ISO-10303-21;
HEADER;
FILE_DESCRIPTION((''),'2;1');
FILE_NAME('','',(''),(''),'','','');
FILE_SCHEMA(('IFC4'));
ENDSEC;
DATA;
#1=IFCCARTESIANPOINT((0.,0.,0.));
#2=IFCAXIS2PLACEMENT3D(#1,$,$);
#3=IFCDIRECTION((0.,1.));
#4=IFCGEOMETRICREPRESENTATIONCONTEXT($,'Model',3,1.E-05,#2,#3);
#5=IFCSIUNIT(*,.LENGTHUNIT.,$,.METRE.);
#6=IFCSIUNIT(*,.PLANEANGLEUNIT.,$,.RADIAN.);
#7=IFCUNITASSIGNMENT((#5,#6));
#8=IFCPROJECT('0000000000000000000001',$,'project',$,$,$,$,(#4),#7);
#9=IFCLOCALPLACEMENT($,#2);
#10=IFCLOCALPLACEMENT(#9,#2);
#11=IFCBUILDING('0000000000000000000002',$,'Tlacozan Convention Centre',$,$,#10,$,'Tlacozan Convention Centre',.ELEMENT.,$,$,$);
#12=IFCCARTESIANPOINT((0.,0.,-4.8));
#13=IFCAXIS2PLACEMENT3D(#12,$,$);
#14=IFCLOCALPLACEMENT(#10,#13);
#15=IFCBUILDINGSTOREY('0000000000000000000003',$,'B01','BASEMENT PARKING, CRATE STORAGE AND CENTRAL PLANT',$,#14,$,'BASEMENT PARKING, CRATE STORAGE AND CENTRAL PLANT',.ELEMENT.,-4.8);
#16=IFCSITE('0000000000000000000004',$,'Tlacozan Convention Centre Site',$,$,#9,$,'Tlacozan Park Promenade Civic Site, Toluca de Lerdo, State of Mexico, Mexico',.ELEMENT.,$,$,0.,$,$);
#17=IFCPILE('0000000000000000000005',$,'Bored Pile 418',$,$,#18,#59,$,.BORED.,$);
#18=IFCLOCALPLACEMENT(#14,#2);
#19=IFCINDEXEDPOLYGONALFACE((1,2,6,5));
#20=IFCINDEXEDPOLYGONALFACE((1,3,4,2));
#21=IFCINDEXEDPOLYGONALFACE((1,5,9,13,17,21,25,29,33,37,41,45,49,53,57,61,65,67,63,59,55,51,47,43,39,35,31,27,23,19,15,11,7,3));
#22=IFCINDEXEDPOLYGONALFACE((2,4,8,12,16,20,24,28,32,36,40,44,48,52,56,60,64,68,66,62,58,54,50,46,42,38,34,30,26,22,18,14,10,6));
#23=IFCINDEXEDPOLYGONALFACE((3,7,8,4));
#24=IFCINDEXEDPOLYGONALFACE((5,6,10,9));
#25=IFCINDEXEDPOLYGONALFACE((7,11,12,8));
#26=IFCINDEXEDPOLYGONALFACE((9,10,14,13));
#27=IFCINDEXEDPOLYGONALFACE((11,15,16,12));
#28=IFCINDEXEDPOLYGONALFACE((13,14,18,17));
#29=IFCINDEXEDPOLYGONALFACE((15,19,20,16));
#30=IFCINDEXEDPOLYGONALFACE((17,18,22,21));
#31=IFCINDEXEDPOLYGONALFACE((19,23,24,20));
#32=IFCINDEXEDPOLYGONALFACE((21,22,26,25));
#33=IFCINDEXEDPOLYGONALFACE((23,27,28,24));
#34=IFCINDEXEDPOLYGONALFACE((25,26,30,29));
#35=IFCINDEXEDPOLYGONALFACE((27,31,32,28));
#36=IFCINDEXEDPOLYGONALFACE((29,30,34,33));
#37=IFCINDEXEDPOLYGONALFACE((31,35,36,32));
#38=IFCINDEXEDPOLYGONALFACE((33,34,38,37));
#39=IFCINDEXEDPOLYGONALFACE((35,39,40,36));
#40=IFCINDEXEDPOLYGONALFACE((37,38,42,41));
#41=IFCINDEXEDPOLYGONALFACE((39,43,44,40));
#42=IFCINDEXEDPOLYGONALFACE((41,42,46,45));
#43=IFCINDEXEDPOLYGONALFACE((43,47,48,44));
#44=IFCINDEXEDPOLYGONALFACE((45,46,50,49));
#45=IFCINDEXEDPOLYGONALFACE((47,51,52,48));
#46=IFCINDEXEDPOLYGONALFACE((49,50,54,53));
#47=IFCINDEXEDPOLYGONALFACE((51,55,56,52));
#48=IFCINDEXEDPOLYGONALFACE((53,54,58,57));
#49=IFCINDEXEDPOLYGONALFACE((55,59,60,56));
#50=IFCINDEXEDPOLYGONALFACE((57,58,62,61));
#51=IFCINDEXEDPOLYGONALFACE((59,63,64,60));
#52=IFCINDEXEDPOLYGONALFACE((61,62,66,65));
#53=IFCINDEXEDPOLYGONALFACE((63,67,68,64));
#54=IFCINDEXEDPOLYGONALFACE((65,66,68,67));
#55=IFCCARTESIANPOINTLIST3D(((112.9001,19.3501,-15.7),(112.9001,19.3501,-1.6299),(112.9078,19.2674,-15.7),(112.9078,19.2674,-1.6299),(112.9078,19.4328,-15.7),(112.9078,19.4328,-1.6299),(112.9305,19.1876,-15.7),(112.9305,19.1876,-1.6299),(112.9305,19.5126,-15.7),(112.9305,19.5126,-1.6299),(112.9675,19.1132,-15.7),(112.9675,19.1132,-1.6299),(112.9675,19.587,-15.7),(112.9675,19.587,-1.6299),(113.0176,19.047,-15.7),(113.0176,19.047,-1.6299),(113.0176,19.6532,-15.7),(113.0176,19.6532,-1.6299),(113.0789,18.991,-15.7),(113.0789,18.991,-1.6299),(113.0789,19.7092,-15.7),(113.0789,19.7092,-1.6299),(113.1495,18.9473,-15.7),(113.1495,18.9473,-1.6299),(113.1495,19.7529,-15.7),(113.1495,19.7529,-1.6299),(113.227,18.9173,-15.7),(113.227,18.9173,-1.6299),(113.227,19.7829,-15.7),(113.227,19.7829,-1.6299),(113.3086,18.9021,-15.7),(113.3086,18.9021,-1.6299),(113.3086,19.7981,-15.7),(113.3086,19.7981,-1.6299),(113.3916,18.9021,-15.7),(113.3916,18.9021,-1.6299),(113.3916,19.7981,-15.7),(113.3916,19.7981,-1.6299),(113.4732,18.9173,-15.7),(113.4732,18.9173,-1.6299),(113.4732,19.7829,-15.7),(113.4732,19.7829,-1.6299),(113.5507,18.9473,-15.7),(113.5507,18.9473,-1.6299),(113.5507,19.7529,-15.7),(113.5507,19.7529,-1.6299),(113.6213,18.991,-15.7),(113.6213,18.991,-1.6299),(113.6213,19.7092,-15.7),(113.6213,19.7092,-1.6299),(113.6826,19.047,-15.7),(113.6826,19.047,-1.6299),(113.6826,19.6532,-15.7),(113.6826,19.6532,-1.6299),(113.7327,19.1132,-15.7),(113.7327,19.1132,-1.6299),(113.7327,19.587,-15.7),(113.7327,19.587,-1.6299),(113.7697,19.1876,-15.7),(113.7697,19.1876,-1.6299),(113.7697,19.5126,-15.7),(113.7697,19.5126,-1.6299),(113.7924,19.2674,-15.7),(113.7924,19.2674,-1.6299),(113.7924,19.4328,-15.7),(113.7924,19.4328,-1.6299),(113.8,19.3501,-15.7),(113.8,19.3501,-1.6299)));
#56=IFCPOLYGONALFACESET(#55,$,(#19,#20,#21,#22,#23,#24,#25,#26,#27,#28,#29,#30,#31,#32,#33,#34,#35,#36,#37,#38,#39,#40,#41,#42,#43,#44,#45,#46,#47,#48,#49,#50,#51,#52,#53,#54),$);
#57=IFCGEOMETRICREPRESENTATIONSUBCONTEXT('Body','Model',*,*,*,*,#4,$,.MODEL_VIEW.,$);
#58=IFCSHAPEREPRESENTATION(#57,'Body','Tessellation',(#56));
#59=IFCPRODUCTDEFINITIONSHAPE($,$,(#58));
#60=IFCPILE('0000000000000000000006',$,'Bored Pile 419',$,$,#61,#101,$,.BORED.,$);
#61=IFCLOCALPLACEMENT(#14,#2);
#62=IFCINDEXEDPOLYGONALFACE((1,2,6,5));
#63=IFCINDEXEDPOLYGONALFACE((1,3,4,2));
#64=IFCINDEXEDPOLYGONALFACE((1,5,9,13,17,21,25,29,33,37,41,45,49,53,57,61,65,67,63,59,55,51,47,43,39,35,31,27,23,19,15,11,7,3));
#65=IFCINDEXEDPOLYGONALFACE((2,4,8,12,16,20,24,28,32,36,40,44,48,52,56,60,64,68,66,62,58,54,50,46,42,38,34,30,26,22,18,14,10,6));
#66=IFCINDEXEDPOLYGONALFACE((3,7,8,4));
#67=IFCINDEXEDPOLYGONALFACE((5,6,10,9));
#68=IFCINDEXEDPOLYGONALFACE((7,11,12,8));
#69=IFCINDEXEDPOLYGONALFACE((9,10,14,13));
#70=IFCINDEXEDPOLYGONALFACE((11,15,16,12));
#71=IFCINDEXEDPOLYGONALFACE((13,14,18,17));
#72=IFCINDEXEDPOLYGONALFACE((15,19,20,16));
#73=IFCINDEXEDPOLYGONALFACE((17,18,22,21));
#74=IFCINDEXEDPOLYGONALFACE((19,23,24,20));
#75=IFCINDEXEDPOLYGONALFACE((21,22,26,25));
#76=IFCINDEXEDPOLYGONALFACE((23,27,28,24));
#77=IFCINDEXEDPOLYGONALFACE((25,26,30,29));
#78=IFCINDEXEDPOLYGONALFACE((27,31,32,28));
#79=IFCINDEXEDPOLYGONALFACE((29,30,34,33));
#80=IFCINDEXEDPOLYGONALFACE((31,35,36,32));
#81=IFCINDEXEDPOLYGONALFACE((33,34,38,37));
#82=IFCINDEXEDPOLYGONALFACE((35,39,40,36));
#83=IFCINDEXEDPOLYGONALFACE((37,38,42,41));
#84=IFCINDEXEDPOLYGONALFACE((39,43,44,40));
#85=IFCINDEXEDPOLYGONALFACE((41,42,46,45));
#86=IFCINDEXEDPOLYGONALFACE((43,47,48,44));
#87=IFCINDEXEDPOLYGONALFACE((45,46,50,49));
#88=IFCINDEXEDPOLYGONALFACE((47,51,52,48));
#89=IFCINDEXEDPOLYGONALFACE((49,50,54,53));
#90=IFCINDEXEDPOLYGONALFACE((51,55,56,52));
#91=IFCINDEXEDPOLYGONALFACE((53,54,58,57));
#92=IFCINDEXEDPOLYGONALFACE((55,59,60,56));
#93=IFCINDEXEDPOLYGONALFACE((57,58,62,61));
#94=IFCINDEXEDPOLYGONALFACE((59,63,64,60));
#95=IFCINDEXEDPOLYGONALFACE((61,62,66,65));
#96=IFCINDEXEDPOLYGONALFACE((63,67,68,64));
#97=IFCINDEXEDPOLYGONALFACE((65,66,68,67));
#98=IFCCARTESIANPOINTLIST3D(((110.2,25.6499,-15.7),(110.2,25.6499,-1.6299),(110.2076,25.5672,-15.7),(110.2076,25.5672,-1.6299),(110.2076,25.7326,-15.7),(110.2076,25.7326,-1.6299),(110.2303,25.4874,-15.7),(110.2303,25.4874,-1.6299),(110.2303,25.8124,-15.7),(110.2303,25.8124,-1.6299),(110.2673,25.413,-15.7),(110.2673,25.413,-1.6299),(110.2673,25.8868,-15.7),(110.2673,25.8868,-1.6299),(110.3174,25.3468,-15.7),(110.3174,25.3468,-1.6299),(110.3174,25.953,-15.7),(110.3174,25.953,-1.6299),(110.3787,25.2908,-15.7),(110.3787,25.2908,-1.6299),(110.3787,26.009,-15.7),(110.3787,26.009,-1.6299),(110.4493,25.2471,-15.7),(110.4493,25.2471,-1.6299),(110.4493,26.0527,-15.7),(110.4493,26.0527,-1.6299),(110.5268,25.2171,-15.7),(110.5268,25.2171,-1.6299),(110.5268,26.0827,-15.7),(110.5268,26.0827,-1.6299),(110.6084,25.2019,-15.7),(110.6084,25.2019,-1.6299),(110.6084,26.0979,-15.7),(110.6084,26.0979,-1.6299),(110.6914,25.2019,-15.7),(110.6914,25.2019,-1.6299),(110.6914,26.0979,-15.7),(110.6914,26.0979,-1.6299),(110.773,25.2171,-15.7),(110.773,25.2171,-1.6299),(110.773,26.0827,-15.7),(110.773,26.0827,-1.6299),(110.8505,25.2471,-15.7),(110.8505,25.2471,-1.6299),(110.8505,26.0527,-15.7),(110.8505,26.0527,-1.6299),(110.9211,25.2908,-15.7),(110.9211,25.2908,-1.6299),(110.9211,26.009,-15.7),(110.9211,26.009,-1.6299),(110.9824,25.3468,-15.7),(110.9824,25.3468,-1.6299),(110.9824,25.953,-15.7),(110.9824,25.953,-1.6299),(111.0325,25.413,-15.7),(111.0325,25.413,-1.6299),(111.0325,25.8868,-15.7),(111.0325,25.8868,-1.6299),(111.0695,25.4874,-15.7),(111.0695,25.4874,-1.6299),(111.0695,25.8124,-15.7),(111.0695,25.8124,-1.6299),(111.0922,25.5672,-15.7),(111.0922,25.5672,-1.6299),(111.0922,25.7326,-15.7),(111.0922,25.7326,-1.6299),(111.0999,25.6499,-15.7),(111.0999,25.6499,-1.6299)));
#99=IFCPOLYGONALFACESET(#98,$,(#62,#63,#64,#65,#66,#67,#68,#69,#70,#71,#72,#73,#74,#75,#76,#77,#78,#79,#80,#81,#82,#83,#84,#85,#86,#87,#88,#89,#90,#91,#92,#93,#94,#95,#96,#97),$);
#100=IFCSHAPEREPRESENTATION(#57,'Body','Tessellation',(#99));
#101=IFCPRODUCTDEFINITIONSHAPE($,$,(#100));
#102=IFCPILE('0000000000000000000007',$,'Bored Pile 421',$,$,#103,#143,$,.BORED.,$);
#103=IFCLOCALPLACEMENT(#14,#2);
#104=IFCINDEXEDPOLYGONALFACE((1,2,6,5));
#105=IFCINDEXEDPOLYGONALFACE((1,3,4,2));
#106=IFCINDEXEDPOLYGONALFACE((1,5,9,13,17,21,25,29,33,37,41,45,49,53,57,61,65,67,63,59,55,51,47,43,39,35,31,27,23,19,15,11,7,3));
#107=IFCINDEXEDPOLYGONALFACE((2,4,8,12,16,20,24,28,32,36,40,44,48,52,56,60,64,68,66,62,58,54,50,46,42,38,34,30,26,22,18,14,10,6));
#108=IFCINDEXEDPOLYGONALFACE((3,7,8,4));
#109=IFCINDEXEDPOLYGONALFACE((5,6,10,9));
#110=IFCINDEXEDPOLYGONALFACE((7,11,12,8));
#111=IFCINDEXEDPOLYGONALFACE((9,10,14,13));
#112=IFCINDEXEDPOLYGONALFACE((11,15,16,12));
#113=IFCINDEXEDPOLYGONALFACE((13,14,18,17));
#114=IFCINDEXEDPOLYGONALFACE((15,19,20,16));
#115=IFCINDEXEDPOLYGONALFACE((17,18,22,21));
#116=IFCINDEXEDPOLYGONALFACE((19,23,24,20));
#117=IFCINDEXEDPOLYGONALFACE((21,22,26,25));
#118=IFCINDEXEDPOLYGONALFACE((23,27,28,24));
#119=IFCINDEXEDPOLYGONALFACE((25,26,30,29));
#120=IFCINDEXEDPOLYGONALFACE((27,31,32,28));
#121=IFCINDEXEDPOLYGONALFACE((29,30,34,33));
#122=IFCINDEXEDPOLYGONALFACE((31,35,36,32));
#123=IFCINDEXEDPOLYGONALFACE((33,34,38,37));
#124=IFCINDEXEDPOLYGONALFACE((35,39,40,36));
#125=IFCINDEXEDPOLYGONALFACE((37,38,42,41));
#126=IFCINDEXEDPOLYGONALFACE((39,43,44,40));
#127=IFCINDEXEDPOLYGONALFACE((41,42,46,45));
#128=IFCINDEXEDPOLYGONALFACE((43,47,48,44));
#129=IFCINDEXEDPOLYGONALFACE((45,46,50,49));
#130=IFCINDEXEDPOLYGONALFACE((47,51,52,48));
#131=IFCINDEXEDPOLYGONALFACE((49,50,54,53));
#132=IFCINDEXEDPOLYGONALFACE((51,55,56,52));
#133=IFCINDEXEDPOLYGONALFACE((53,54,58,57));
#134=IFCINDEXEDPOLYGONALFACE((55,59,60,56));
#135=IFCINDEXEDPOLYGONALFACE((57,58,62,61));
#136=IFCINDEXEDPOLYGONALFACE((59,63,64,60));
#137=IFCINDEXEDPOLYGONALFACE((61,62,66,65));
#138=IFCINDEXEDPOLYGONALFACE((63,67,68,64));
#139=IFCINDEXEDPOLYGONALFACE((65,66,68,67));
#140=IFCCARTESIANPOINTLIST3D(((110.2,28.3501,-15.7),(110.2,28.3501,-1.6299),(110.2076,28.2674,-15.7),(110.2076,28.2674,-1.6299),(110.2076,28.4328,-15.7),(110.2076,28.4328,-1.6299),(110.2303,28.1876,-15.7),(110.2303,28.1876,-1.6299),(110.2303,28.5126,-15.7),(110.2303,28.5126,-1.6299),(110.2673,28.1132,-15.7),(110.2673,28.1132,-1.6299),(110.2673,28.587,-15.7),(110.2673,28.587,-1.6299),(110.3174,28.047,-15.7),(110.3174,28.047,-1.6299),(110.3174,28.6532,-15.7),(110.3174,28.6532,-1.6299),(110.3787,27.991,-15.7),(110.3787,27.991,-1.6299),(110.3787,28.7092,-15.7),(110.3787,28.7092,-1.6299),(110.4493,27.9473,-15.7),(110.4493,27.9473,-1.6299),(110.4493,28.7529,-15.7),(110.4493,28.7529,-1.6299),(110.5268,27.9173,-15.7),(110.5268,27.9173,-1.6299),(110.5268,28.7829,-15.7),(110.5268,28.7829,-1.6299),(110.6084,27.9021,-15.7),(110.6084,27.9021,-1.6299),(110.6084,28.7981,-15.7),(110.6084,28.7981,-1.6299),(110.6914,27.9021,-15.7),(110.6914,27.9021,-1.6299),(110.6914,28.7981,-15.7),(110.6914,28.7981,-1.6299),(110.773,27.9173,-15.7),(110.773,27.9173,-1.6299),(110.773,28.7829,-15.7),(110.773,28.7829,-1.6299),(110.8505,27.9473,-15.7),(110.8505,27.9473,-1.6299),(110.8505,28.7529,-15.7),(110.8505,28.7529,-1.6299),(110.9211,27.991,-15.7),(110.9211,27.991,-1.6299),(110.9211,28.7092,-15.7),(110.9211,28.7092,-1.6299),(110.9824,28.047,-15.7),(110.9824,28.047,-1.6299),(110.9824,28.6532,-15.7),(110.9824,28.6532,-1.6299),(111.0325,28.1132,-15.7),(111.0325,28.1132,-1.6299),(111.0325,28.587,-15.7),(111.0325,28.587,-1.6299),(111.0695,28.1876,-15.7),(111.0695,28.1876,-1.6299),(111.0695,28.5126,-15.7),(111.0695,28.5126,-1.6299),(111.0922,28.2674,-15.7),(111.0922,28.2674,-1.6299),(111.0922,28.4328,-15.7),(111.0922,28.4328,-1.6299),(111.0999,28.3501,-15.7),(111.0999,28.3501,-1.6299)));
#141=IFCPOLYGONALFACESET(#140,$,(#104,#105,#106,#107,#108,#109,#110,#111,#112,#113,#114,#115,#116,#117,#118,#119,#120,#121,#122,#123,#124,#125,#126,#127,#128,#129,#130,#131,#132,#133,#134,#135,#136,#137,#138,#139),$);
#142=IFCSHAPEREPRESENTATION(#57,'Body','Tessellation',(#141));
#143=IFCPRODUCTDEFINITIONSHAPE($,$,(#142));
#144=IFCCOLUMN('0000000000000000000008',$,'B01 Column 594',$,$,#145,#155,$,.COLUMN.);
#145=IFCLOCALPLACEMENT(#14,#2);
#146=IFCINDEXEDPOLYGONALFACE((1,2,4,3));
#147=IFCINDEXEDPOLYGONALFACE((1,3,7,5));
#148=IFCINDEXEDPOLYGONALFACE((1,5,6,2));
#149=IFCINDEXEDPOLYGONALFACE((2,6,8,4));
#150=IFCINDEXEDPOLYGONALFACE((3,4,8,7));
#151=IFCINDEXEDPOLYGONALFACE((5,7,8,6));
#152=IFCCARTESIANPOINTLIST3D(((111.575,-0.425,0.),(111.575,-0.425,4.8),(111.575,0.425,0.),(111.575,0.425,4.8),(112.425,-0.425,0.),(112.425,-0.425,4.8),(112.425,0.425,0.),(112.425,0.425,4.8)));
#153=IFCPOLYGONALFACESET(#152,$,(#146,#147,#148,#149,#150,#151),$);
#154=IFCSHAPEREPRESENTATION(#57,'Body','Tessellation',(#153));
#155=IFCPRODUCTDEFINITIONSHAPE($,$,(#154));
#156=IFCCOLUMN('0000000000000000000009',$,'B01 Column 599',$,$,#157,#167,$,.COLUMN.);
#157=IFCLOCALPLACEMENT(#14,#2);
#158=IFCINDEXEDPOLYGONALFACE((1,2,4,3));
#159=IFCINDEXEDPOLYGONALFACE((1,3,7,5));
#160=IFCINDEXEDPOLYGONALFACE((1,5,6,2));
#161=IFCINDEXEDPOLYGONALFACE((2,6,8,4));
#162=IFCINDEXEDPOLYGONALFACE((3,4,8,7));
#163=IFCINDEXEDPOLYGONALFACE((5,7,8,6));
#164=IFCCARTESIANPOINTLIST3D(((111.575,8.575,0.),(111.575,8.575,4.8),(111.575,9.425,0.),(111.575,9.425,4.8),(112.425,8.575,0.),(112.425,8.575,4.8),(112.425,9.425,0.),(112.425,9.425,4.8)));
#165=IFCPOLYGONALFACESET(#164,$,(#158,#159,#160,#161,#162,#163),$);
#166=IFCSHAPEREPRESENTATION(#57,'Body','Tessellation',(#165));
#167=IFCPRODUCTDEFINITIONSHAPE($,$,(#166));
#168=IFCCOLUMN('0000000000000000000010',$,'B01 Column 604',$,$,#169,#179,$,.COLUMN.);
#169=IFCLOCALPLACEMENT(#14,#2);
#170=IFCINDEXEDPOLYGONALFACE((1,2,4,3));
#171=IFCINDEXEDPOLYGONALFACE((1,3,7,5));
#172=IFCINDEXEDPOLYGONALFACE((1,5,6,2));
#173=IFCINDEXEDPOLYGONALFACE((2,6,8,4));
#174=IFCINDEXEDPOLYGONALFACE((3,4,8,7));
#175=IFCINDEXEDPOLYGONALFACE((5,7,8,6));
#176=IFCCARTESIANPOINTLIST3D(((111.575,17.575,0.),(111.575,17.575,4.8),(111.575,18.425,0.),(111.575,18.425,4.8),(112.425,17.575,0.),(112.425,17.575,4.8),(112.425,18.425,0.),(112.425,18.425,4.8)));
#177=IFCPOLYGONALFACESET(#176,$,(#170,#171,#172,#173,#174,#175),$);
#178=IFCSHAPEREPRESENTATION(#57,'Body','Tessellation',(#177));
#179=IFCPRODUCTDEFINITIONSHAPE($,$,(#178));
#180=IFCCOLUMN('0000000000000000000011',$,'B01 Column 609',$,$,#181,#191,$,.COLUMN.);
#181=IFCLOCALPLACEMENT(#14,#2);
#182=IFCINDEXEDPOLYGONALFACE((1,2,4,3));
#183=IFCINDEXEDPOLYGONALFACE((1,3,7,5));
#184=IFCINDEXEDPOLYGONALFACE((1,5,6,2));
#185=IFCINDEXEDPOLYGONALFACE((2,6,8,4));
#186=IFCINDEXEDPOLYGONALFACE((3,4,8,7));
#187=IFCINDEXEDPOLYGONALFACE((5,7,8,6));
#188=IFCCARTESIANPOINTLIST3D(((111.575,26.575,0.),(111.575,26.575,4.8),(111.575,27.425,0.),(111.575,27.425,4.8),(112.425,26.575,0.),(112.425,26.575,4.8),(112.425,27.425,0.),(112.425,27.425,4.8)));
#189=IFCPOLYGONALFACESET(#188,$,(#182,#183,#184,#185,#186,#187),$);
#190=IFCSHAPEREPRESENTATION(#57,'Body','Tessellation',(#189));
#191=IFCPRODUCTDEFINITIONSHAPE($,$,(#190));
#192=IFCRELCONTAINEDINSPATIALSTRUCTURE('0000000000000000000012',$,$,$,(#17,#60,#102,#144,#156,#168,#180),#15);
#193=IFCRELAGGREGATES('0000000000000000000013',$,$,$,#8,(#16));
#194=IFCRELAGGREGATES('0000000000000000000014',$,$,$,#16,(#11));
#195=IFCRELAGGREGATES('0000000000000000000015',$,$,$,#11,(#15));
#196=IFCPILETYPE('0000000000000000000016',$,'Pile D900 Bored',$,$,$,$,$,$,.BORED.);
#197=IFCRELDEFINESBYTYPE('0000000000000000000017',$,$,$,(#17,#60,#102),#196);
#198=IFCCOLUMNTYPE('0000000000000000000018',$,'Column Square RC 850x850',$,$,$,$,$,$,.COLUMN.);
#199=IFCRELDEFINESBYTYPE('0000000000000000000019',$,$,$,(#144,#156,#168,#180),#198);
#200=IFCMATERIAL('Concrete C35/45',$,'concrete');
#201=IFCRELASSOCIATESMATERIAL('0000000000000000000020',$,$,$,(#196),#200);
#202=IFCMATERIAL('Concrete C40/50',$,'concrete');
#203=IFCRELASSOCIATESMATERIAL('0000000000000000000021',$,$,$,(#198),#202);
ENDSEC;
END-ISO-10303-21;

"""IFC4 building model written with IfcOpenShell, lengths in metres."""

from ifc_helpers import new_model, si_unit, direction, frame, origin, origin_2d, place, context, subcontext, project, spatial, rectangle, circle, extrude, material, material_profile, profile_set, type_object, element, save


model = new_model("IFC4")

# Units and contexts
model_context = context("Model", 3, precision=1e-05, world=origin(), true_north=direction((0.0, 1.0)))
body_context = subcontext(model_context, "Body", "Model", "MODEL_VIEW")
ifc_project = project(units=[si_unit("LENGTHUNIT", "METRE"), si_unit("PLANEANGLEUNIT", "RADIAN")], contexts=[model_context])

# Site, building, storey
site_placement = place(None, origin())
site = spatial("IfcSite", under=ifc_project, at=site_placement, Name="Tlacozan Convention Centre Site", LongName="Tlacozan Park Promenade Civic Site, Toluca de Lerdo, State of Mexico, Mexico", CompositionType="ELEMENT", RefElevation=0.0)
building_placement = place(site_placement, origin())
building = spatial("IfcBuilding", under=site, at=building_placement, Name="Tlacozan Convention Centre", LongName="Tlacozan Convention Centre", CompositionType="ELEMENT")
storey_placement = place(building_placement, frame((0.0, 0.0, -4.8)))
storey = spatial("IfcBuildingStorey", under=building, at=storey_placement, Name="B01", Description="BASEMENT PARKING, CRATE STORAGE AND CENTRAL PLANT", LongName="BASEMENT PARKING, CRATE STORAGE AND CENTRAL PLANT", CompositionType="ELEMENT", Elevation=-4.8)

# Shared definitions
ifc_material_1 = material(Name="Concrete C35/45", Category="concrete")

# Piles
ifc_material_profile_1 = material_profile(ifc_material_1, circle(Radius=0.45, at=origin_2d()), Name="PILE D900")
ifc_profile_set_1 = profile_set([ifc_material_profile_1], Name="Concrete C35/45")
pile_type = type_object("IfcPileType", Name="Pile D900 Bored", PredefinedType="BORED", material=ifc_profile_set_1)
for number, where, z_axis, x_axis, name in (
    (1, (113.3501, 19.3501, -1.6299), (0.0, 0.0, -1.0), (1.0, 0.0, 0.0), "Bored Pile 418"),
    (2, (110.6499, 25.6499, -1.6299), (0.0, 0.0, -1.0), (1.0, 0.0, 0.0), "Bored Pile 419"),
    (3, (110.6499, 28.3501, -1.6299), (0.0, 0.0, -1.0), (1.0, 0.0, 0.0), "Bored Pile 421"),
):
    element("IfcPile", number, at=place(storey_placement, frame(where, z_axis=z_axis, x_axis=x_axis)), inside=storey, type_object=pile_type, Name=name, PredefinedType="BORED", context=body_context, shape_type="SweptSolid", body=[
        extrude(circle(Radius=0.45, at=origin_2d()), origin(), (0.0, 0.0, 1.0), 14.0701),
    ])

# Columns
ifc_material_2 = material(Name="Concrete C40/50", Category="concrete")
ifc_material_profile_2 = material_profile(ifc_material_2, rectangle(XDim=0.8501, YDim=0.8501, at=origin_2d()), Name="RC 850x850")
ifc_profile_set_2 = profile_set([ifc_material_profile_2], Name="Concrete C40/50")
column_type = type_object("IfcColumnType", Name="Column Square RC 850x850", PredefinedType="COLUMN", material=ifc_profile_set_2)
for number, where, z_axis, x_axis, name in (
    (4, (112.0, 0.0, 0.0), (0.0, 0.0, 1.0), (1.0, 0.0, 0.0), "B01 Column 594"),
    (5, (112.0, 9.0, 0.0), (0.0, 0.0, 1.0), (1.0, 0.0, 0.0), "B01 Column 599"),
    (6, (112.0, 18.0, 0.0), (0.0, 0.0, 1.0), (1.0, 0.0, 0.0), "B01 Column 604"),
    (7, (112.0, 27.0, 0.0), (0.0, 0.0, 1.0), (1.0, 0.0, 0.0), "B01 Column 609"),
):
    element("IfcColumn", number, at=place(storey_placement, frame(where, z_axis=z_axis, x_axis=x_axis)), inside=storey, type_object=column_type, Name=name, PredefinedType="COLUMN", context=body_context, shape_type="SweptSolid", body=[
        extrude(rectangle(XDim=0.8501, YDim=0.8501, at=origin_2d()), origin(), (0.0, 0.0, 1.0), 4.8),
    ])

save(model, "model.ifc")
